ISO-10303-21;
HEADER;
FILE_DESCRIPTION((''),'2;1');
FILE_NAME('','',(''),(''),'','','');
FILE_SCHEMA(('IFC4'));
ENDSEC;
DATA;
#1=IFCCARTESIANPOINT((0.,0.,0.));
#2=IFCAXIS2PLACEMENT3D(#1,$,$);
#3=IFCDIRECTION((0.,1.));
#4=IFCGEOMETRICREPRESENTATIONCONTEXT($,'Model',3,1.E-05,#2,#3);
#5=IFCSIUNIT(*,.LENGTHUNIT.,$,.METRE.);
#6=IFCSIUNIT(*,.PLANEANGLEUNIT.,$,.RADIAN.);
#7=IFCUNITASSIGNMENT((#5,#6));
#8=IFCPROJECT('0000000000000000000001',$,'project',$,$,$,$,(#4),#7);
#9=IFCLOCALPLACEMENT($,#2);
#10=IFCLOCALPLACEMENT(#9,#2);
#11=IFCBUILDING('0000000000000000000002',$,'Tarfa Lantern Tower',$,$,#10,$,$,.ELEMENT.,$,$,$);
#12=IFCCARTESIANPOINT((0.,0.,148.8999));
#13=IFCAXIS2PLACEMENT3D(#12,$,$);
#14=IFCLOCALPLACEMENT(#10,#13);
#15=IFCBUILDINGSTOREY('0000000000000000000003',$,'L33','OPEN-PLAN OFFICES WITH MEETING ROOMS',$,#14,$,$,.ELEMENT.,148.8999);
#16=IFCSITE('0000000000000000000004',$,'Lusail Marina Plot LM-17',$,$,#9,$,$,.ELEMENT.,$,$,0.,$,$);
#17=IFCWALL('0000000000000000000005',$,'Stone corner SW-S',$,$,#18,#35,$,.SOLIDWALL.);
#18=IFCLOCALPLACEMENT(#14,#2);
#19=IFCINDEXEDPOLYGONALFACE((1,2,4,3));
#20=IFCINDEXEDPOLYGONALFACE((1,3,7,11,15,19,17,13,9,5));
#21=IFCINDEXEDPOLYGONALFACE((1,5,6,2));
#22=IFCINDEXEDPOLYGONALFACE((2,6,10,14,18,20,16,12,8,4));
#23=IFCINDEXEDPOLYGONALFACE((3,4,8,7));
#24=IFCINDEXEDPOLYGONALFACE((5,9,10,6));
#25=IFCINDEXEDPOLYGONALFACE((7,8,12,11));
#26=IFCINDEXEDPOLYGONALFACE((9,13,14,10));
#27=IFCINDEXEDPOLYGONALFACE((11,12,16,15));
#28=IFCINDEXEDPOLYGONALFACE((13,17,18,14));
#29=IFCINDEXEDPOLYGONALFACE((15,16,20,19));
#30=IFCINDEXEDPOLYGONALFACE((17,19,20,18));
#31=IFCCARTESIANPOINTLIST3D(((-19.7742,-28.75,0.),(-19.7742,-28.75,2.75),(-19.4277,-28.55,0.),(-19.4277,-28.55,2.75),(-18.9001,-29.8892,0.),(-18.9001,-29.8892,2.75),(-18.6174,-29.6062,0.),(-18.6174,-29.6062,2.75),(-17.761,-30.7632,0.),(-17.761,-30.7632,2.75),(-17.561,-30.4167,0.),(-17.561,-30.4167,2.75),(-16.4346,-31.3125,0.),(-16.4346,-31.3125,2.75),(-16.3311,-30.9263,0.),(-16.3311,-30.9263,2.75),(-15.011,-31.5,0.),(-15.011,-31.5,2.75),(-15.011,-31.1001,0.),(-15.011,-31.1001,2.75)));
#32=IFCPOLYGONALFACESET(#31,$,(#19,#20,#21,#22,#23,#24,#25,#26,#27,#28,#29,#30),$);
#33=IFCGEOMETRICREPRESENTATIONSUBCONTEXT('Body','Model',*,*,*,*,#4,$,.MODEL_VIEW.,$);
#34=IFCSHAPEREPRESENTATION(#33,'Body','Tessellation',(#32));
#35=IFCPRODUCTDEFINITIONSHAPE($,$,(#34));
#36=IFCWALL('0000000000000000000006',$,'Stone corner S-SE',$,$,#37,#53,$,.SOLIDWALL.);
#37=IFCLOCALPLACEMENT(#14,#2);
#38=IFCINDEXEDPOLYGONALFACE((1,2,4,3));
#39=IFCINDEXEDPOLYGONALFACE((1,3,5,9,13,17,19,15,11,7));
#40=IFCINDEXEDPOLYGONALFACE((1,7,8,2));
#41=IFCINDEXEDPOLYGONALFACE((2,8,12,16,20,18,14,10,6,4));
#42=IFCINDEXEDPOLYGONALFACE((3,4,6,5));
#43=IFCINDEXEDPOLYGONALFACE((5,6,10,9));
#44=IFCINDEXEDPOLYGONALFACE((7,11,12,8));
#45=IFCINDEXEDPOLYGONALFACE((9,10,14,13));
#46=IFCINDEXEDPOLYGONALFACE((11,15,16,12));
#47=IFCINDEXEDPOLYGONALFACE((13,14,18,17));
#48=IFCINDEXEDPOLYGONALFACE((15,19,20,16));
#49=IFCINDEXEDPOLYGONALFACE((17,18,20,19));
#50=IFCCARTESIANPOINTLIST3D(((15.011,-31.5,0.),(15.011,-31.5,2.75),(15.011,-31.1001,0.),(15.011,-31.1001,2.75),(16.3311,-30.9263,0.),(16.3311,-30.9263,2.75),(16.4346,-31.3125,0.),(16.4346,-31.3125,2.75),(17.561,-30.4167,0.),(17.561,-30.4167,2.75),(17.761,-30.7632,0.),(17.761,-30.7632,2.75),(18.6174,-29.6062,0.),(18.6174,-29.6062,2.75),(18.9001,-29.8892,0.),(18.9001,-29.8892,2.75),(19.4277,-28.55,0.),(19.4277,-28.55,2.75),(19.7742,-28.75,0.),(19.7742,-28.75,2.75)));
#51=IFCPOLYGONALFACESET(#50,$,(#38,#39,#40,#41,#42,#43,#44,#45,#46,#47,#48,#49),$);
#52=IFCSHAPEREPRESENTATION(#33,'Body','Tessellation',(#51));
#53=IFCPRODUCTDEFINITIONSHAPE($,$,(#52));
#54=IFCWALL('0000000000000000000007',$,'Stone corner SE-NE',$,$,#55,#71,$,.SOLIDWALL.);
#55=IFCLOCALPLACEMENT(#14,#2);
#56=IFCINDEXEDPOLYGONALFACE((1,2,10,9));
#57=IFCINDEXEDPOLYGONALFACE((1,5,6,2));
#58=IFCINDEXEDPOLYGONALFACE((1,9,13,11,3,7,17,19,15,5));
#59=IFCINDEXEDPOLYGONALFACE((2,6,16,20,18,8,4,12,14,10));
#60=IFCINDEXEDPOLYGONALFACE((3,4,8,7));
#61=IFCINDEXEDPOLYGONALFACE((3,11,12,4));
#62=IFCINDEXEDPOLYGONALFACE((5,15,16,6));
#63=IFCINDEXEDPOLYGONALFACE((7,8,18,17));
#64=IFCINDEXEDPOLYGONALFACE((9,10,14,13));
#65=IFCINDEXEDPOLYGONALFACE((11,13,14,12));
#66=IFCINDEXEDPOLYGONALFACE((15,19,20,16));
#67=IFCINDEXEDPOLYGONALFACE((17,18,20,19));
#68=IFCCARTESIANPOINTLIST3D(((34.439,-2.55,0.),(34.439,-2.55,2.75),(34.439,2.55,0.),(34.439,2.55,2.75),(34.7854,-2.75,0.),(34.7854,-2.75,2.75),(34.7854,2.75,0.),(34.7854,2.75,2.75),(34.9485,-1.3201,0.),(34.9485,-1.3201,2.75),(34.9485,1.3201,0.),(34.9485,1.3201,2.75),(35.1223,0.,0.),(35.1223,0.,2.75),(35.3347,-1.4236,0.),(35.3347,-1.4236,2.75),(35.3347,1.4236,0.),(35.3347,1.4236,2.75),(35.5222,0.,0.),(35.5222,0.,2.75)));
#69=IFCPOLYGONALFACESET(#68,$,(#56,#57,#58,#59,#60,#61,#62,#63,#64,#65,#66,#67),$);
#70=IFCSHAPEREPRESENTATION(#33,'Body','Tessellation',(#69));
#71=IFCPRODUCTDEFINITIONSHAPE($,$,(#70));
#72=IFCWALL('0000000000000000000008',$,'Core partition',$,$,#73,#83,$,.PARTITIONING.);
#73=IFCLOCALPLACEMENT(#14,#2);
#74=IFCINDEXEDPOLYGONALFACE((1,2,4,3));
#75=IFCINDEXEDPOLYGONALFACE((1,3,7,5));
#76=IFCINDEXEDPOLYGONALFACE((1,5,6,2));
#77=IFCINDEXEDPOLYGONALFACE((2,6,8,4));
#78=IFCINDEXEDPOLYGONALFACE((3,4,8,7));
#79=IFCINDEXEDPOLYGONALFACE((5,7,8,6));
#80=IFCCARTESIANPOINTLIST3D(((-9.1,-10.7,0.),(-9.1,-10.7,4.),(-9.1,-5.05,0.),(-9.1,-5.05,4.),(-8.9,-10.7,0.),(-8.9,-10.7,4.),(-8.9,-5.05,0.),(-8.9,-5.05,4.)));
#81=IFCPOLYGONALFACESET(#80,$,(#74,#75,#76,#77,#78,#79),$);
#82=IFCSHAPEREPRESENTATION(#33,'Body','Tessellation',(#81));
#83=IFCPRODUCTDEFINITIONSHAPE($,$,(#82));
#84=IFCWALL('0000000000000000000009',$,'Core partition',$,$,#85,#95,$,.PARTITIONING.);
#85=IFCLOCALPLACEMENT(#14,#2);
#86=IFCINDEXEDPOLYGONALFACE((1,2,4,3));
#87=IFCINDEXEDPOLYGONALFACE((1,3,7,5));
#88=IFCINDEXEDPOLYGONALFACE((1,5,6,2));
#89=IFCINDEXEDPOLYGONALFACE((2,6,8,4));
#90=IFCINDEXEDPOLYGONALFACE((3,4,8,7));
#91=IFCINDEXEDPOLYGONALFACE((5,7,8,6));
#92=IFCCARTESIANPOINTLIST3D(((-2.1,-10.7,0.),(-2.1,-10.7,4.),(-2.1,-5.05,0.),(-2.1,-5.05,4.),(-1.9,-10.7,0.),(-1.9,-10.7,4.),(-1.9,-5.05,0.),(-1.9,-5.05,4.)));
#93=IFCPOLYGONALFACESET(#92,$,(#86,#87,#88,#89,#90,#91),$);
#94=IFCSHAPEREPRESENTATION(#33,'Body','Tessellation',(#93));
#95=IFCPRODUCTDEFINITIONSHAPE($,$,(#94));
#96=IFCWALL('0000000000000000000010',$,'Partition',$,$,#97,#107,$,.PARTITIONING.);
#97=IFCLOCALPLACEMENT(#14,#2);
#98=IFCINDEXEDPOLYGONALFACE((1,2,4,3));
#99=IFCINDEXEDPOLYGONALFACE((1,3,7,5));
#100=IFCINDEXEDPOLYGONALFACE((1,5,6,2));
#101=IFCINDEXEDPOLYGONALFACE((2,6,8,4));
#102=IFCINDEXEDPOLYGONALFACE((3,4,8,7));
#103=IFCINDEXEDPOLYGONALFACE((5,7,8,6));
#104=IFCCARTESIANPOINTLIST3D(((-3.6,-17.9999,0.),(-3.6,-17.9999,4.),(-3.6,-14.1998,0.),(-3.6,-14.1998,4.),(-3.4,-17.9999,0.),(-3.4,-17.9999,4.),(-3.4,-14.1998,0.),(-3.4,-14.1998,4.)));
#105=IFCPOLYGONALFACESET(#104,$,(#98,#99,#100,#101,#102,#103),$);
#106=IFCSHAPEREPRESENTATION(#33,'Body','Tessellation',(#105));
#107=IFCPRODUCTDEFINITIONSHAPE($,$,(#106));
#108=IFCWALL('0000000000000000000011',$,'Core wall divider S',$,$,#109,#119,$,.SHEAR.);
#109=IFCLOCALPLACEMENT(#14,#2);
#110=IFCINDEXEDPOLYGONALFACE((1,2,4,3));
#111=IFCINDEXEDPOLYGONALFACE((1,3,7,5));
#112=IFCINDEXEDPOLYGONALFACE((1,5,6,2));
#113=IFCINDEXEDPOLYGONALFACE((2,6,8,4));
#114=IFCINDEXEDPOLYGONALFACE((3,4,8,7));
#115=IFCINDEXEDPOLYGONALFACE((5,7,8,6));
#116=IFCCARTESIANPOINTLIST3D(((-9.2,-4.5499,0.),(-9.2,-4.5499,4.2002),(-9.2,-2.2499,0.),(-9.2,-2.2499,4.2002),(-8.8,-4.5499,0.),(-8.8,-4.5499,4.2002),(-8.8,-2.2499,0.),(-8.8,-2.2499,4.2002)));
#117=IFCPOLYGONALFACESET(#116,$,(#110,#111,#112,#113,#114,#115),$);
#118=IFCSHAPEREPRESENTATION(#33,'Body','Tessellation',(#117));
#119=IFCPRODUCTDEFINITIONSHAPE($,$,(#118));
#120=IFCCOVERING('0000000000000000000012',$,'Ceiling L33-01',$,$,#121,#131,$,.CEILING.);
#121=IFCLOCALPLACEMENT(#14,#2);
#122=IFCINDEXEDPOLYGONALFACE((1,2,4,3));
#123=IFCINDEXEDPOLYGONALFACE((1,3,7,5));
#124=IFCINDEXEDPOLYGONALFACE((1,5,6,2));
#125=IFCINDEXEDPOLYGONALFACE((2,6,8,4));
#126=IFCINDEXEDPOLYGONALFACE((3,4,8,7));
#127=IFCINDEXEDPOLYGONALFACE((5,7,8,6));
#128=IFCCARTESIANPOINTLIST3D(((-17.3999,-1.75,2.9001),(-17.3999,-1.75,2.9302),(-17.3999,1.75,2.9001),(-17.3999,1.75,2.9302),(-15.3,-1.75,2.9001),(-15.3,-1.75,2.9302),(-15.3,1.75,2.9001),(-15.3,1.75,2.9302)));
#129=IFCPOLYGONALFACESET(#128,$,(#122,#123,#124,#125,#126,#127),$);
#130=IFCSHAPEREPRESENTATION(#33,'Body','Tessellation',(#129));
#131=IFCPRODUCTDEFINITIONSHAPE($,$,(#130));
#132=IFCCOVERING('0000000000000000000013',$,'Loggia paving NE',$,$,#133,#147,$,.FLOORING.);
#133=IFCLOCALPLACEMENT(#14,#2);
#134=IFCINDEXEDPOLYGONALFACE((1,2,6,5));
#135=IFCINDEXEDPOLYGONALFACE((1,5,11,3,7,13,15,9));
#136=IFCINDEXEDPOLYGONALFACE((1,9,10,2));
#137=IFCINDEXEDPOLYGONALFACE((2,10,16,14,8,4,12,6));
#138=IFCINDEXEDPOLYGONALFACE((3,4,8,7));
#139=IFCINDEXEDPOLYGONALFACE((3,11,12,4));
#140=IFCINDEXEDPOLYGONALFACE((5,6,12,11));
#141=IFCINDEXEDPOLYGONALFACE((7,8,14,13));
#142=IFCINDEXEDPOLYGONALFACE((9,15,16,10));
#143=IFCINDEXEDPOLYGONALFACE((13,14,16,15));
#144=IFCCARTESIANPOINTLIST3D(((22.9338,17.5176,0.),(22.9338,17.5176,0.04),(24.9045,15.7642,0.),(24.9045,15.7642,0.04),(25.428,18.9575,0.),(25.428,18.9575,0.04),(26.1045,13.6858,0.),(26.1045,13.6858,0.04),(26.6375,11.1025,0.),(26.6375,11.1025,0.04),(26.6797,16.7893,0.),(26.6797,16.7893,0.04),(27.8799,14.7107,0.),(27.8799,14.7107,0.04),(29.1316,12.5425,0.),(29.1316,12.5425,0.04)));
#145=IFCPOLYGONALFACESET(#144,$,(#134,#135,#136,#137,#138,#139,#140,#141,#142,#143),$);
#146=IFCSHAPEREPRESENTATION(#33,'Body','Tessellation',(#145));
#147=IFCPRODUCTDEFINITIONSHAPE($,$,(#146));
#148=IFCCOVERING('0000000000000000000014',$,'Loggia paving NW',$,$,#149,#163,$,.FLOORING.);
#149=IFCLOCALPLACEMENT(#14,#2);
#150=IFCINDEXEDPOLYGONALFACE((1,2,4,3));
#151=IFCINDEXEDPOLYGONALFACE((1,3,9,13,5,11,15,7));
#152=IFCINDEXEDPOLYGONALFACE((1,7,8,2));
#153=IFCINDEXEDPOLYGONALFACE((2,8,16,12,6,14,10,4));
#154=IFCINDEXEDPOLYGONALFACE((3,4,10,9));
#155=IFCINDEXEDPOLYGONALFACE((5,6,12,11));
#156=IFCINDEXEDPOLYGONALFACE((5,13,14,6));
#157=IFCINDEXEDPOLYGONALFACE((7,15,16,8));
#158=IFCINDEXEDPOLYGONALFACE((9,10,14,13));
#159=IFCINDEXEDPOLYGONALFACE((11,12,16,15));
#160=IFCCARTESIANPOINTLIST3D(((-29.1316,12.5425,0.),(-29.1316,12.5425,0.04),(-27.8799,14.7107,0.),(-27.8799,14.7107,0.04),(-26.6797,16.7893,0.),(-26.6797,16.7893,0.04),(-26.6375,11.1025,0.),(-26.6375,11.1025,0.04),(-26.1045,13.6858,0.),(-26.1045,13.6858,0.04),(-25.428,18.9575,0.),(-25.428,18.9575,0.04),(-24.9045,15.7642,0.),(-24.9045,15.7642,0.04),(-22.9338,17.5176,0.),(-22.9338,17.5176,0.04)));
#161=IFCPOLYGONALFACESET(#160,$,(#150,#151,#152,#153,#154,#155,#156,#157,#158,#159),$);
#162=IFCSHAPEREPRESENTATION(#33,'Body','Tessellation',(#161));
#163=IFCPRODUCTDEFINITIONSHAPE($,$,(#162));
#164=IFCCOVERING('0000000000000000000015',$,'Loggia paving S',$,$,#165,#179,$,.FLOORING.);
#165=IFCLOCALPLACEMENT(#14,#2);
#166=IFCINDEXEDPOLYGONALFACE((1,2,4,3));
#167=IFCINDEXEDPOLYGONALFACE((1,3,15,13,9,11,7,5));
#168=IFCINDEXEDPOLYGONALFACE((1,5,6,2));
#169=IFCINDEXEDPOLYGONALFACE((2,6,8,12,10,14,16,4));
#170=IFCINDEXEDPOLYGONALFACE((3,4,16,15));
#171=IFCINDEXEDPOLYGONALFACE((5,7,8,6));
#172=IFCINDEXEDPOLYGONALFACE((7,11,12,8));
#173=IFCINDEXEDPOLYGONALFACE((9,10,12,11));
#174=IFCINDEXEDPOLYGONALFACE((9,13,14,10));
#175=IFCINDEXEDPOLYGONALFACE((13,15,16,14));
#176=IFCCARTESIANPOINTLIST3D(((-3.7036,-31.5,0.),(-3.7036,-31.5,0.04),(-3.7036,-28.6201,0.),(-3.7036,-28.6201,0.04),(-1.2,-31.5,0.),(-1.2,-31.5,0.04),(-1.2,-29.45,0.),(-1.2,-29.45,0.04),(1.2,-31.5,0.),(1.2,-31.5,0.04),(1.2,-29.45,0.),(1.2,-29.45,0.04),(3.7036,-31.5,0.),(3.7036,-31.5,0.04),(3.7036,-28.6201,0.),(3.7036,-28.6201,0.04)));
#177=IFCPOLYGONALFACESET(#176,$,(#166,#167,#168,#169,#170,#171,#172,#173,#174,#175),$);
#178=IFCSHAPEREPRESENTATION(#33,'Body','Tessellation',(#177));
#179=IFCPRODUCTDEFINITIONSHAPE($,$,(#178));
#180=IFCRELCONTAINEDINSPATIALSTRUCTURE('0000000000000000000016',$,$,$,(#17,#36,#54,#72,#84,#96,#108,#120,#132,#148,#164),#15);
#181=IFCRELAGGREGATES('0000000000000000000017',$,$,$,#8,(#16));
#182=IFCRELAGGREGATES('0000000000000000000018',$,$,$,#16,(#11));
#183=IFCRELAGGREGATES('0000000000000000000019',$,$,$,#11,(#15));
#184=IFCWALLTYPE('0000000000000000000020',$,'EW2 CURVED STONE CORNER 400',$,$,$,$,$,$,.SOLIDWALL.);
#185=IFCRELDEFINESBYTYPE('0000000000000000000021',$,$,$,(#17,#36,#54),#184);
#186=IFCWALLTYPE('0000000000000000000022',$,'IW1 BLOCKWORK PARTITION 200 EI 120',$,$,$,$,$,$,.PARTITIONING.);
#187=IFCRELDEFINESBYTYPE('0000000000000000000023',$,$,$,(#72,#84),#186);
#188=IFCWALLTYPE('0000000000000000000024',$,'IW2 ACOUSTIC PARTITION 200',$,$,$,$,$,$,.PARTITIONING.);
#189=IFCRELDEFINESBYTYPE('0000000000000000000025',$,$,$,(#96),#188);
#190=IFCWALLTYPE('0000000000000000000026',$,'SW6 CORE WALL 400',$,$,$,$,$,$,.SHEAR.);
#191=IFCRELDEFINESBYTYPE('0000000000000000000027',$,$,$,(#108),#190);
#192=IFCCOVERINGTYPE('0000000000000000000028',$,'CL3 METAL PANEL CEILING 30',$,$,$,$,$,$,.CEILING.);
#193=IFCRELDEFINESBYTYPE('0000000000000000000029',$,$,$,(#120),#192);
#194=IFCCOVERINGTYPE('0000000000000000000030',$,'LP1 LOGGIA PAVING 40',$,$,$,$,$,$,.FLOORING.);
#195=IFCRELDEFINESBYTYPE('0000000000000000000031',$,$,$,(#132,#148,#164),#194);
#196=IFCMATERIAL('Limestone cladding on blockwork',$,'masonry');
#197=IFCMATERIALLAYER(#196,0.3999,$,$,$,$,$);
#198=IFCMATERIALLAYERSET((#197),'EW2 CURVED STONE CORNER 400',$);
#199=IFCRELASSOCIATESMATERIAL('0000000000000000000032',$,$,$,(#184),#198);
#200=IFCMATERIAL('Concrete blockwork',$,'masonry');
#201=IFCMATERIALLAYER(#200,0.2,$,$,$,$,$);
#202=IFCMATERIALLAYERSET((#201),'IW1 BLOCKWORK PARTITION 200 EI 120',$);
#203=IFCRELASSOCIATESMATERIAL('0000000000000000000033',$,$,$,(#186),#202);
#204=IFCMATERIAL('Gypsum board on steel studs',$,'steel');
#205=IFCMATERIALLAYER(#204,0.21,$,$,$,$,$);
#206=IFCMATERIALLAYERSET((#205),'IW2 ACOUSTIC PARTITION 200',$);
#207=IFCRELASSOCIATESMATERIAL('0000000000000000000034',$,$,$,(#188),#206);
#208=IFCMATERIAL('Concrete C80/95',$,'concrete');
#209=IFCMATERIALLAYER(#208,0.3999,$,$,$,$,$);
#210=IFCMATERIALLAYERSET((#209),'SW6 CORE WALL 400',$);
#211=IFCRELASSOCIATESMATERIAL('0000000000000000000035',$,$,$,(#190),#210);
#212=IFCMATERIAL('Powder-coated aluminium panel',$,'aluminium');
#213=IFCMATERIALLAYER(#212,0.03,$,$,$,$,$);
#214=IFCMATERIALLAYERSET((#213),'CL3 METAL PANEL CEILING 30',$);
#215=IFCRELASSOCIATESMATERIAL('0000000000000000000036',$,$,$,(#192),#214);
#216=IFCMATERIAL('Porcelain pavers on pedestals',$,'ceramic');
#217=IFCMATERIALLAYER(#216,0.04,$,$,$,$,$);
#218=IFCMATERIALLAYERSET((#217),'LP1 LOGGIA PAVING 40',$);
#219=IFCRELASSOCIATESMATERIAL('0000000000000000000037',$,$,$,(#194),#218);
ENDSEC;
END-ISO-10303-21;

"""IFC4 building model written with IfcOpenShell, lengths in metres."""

from ifc_helpers import new_model, si_unit, direction, frame, frame_2d, origin, place, context, subcontext, project, spatial, polyline, rectangle, outline, extrude, material, layer, layer_set, type_object, element, save


model = new_model("IFC4")

# Units and contexts
model_context = context("Model", 3, precision=1e-05, world=origin(), true_north=direction((0.0, 1.0)))
body_context = subcontext(model_context, "Body", "Model", "MODEL_VIEW")
ifc_project = project(units=[si_unit("LENGTHUNIT", "METRE"), si_unit("PLANEANGLEUNIT", "RADIAN")], contexts=[model_context])

# Site, building, storey
site_placement = place(None, origin())
site = spatial("IfcSite", under=ifc_project, at=site_placement, Name="Lusail Marina Plot LM-17", CompositionType="ELEMENT", RefElevation=0.0)
building_placement = place(site_placement, origin())
building = spatial("IfcBuilding", under=site, at=building_placement, Name="Tarfa Lantern Tower", CompositionType="ELEMENT")
storey_placement = place(building_placement, frame((0.0, 0.0, 148.8999)))
storey = spatial("IfcBuildingStorey", under=building, at=storey_placement, Name="L33", Description="OPEN-PLAN OFFICES WITH MEETING ROOMS", CompositionType="ELEMENT", Elevation=148.8999)

# Walls
ifc_material_1 = material(Name="Limestone cladding on blockwork", Category="masonry")
ifc_layer_1 = layer(ifc_material_1, 0.3999)
ifc_layer_set_1 = layer_set([ifc_layer_1], Name="EW2 CURVED STONE CORNER 400")
wall_type_1 = type_object("IfcWallType", Name="EW2 CURVED STONE CORNER 400", PredefinedType="SOLIDWALL", material=ifc_layer_set_1)
wall_1_placement = place(storey_placement, origin())
element("IfcWall", 1, at=wall_1_placement, inside=storey, type_object=wall_type_1, Name="Stone corner SW-S", PredefinedType="SOLIDWALL", context=body_context, shape_type="SweptSolid", body=[
    extrude(outline(polyline([(-19.7742, -28.75), (-18.9001, -29.8892), (-17.761, -30.7632), (-16.4346, -31.3125), (-15.011, -31.5), (-15.011, -31.1001), (-16.3311, -30.9263), (-17.561, -30.4167), (-18.6174, -29.6062), (-19.4277, -28.55), (-19.7742, -28.75)])), origin(), (0.0, 0.0, 1.0), 2.75),
])
wall_2_placement = place(storey_placement, origin())
element("IfcWall", 2, at=wall_2_placement, inside=storey, type_object=wall_type_1, Name="Stone corner S-SE", PredefinedType="SOLIDWALL", context=body_context, shape_type="SweptSolid", body=[
    extrude(outline(polyline([(15.011, -31.5), (16.4346, -31.3125), (17.761, -30.7632), (18.9001, -29.8892), (19.7742, -28.75), (19.4277, -28.55), (18.6174, -29.6062), (17.561, -30.4167), (16.3311, -30.9263), (15.011, -31.1001), (15.011, -31.5)])), origin(), (0.0, 0.0, 1.0), 2.75),
])
wall_3_placement = place(storey_placement, origin())
element("IfcWall", 3, at=wall_3_placement, inside=storey, type_object=wall_type_1, Name="Stone corner SE-NE", PredefinedType="SOLIDWALL", context=body_context, shape_type="SweptSolid", body=[
    extrude(outline(polyline([(34.7854, -2.75), (35.3347, -1.4236), (35.5222, 0.0), (35.3347, 1.4236), (34.7854, 2.75), (34.439, 2.55), (34.9485, 1.3201), (35.1223, 0.0), (34.9485, -1.3201), (34.439, -2.55), (34.7854, -2.75)])), origin(), (0.0, 0.0, 1.0), 2.75),
])
ifc_material_2 = material(Name="Concrete blockwork", Category="masonry")
ifc_layer_2 = layer(ifc_material_2, 0.2)
ifc_layer_set_2 = layer_set([ifc_layer_2], Name="IW1 BLOCKWORK PARTITION 200 EI 120")
wall_type_2 = type_object("IfcWallType", Name="IW1 BLOCKWORK PARTITION 200 EI 120", PredefinedType="PARTITIONING", material=ifc_layer_set_2)
for number, where, z_axis, x_axis, name in (
    (4, (-9.0, -5.05, 0.0), (0.0, 0.0, 1.0), (0.0, -1.0, 0.0), "Core partition"),
    (5, (-2.0, -5.05, 0.0), (0.0, 0.0, 1.0), (0.0, -1.0, 0.0), "Core partition"),
):
    element("IfcWall", number, at=place(storey_placement, frame(where, z_axis=z_axis, x_axis=x_axis)), inside=storey, type_object=wall_type_2, Name=name, PredefinedType="PARTITIONING", context=body_context, shape_type="SweptSolid", body=[
        extrude(rectangle(XDim=5.6499, YDim=0.2, at=frame_2d((2.825, 0.0))), origin(), (0.0, 0.0, 1.0), 4.0),
    ])
ifc_material_3 = material(Name="Gypsum board on steel studs", Category="steel")
ifc_layer_3 = layer(ifc_material_3, 0.21)
ifc_layer_set_3 = layer_set([ifc_layer_3], Name="IW2 ACOUSTIC PARTITION 200")
wall_type_3 = type_object("IfcWallType", Name="IW2 ACOUSTIC PARTITION 200", PredefinedType="PARTITIONING", material=ifc_layer_set_3)
wall_4_placement = place(storey_placement, frame((-3.5, -14.2, 0.0), z_axis=(0.0, 0.0, 1.0), x_axis=(0.0, -1.0, 0.0)))
element("IfcWall", 6, at=wall_4_placement, inside=storey, type_object=wall_type_3, Name="Partition", PredefinedType="PARTITIONING", context=body_context, shape_type="SweptSolid", body=[
    extrude(rectangle(XDim=3.8, YDim=0.2, at=frame_2d((1.8999, 0.0))), origin(), (0.0, 0.0, 1.0), 4.0),
])
ifc_material_4 = material(Name="Concrete C80/95", Category="concrete")
ifc_layer_4 = layer(ifc_material_4, 0.3999)
ifc_layer_set_4 = layer_set([ifc_layer_4], Name="SW6 CORE WALL 400")
wall_type_4 = type_object("IfcWallType", Name="SW6 CORE WALL 400", PredefinedType="SHEAR", material=ifc_layer_set_4)
wall_5_placement = place(storey_placement, frame((-9.0, -2.25, 0.0), z_axis=(0.0, 0.0, 1.0), x_axis=(0.0, -1.0, 0.0)))
element("IfcWall", 7, at=wall_5_placement, inside=storey, type_object=wall_type_4, Name="Core wall divider S", PredefinedType="SHEAR", context=body_context, shape_type="SweptSolid", body=[
    extrude(rectangle(XDim=2.3, YDim=0.3999, at=frame_2d((1.1499, 0.0))), origin(), (0.0, 0.0, 1.0), 4.2002),
])

# Coverings
ifc_material_5 = material(Name="Powder-coated aluminium panel", Category="aluminium")
ifc_layer_5 = layer(ifc_material_5, 0.03)
ifc_layer_set_5 = layer_set([ifc_layer_5], Name="CL3 METAL PANEL CEILING 30")
covering_type_1 = type_object("IfcCoveringType", Name="CL3 METAL PANEL CEILING 30", PredefinedType="CEILING", material=ifc_layer_set_5)
covering_1_placement = place(storey_placement, frame((0.0, 0.0, 2.9001)))
element("IfcCovering", 8, at=covering_1_placement, inside=storey, type_object=covering_type_1, Name="Ceiling L33-01", PredefinedType="CEILING", context=body_context, shape_type="SweptSolid", body=[
    extrude(outline(polyline([(-17.3999, -1.75), (-15.3, -1.75), (-15.3, 1.75), (-17.3999, 1.75), (-17.3999, -1.75)])), origin(), (0.0, 0.0, 1.0), 0.03),
])
ifc_material_6 = material(Name="Porcelain pavers on pedestals", Category="ceramic")
ifc_layer_6 = layer(ifc_material_6, 0.04)
ifc_layer_set_6 = layer_set([ifc_layer_6], Name="LP1 LOGGIA PAVING 40")
covering_type_2 = type_object("IfcCoveringType", Name="LP1 LOGGIA PAVING 40", PredefinedType="FLOORING", material=ifc_layer_set_6)
covering_2_placement = place(storey_placement, origin())
element("IfcCovering", 9, at=covering_2_placement, inside=storey, type_object=covering_type_2, Name="Loggia paving NE", PredefinedType="FLOORING", context=body_context, shape_type="SweptSolid", body=[
    extrude(outline(polyline([(29.1316, 12.5425), (26.6375, 11.1025), (22.9338, 17.5176), (25.428, 18.9575), (26.6797, 16.7893), (24.9045, 15.7642), (26.1045, 13.6858), (27.8799, 14.7107), (29.1316, 12.5425)])), origin(), (0.0, 0.0, 1.0), 0.04),
])
covering_3_placement = place(storey_placement, origin())
element("IfcCovering", 10, at=covering_3_placement, inside=storey, type_object=covering_type_2, Name="Loggia paving NW", PredefinedType="FLOORING", context=body_context, shape_type="SweptSolid", body=[
    extrude(outline(polyline([(-25.428, 18.9575), (-22.9338, 17.5176), (-26.6375, 11.1025), (-29.1316, 12.5425), (-27.8799, 14.7107), (-26.1045, 13.6858), (-24.9045, 15.7642), (-26.6797, 16.7893), (-25.428, 18.9575)])), origin(), (0.0, 0.0, 1.0), 0.04),
])
covering_4_placement = place(storey_placement, origin())
element("IfcCovering", 11, at=covering_4_placement, inside=storey, type_object=covering_type_2, Name="Loggia paving S", PredefinedType="FLOORING", context=body_context, shape_type="SweptSolid", body=[
    extrude(outline(polyline([(-3.7036, -31.5), (-3.7036, -28.6201), (3.7036, -28.6201), (3.7036, -31.5), (1.2, -31.5), (1.2, -29.45), (-1.2, -29.45), (-1.2, -31.5), (-3.7036, -31.5)])), origin(), (0.0, 0.0, 1.0), 0.04),
])

save(model, "model.ifc")
